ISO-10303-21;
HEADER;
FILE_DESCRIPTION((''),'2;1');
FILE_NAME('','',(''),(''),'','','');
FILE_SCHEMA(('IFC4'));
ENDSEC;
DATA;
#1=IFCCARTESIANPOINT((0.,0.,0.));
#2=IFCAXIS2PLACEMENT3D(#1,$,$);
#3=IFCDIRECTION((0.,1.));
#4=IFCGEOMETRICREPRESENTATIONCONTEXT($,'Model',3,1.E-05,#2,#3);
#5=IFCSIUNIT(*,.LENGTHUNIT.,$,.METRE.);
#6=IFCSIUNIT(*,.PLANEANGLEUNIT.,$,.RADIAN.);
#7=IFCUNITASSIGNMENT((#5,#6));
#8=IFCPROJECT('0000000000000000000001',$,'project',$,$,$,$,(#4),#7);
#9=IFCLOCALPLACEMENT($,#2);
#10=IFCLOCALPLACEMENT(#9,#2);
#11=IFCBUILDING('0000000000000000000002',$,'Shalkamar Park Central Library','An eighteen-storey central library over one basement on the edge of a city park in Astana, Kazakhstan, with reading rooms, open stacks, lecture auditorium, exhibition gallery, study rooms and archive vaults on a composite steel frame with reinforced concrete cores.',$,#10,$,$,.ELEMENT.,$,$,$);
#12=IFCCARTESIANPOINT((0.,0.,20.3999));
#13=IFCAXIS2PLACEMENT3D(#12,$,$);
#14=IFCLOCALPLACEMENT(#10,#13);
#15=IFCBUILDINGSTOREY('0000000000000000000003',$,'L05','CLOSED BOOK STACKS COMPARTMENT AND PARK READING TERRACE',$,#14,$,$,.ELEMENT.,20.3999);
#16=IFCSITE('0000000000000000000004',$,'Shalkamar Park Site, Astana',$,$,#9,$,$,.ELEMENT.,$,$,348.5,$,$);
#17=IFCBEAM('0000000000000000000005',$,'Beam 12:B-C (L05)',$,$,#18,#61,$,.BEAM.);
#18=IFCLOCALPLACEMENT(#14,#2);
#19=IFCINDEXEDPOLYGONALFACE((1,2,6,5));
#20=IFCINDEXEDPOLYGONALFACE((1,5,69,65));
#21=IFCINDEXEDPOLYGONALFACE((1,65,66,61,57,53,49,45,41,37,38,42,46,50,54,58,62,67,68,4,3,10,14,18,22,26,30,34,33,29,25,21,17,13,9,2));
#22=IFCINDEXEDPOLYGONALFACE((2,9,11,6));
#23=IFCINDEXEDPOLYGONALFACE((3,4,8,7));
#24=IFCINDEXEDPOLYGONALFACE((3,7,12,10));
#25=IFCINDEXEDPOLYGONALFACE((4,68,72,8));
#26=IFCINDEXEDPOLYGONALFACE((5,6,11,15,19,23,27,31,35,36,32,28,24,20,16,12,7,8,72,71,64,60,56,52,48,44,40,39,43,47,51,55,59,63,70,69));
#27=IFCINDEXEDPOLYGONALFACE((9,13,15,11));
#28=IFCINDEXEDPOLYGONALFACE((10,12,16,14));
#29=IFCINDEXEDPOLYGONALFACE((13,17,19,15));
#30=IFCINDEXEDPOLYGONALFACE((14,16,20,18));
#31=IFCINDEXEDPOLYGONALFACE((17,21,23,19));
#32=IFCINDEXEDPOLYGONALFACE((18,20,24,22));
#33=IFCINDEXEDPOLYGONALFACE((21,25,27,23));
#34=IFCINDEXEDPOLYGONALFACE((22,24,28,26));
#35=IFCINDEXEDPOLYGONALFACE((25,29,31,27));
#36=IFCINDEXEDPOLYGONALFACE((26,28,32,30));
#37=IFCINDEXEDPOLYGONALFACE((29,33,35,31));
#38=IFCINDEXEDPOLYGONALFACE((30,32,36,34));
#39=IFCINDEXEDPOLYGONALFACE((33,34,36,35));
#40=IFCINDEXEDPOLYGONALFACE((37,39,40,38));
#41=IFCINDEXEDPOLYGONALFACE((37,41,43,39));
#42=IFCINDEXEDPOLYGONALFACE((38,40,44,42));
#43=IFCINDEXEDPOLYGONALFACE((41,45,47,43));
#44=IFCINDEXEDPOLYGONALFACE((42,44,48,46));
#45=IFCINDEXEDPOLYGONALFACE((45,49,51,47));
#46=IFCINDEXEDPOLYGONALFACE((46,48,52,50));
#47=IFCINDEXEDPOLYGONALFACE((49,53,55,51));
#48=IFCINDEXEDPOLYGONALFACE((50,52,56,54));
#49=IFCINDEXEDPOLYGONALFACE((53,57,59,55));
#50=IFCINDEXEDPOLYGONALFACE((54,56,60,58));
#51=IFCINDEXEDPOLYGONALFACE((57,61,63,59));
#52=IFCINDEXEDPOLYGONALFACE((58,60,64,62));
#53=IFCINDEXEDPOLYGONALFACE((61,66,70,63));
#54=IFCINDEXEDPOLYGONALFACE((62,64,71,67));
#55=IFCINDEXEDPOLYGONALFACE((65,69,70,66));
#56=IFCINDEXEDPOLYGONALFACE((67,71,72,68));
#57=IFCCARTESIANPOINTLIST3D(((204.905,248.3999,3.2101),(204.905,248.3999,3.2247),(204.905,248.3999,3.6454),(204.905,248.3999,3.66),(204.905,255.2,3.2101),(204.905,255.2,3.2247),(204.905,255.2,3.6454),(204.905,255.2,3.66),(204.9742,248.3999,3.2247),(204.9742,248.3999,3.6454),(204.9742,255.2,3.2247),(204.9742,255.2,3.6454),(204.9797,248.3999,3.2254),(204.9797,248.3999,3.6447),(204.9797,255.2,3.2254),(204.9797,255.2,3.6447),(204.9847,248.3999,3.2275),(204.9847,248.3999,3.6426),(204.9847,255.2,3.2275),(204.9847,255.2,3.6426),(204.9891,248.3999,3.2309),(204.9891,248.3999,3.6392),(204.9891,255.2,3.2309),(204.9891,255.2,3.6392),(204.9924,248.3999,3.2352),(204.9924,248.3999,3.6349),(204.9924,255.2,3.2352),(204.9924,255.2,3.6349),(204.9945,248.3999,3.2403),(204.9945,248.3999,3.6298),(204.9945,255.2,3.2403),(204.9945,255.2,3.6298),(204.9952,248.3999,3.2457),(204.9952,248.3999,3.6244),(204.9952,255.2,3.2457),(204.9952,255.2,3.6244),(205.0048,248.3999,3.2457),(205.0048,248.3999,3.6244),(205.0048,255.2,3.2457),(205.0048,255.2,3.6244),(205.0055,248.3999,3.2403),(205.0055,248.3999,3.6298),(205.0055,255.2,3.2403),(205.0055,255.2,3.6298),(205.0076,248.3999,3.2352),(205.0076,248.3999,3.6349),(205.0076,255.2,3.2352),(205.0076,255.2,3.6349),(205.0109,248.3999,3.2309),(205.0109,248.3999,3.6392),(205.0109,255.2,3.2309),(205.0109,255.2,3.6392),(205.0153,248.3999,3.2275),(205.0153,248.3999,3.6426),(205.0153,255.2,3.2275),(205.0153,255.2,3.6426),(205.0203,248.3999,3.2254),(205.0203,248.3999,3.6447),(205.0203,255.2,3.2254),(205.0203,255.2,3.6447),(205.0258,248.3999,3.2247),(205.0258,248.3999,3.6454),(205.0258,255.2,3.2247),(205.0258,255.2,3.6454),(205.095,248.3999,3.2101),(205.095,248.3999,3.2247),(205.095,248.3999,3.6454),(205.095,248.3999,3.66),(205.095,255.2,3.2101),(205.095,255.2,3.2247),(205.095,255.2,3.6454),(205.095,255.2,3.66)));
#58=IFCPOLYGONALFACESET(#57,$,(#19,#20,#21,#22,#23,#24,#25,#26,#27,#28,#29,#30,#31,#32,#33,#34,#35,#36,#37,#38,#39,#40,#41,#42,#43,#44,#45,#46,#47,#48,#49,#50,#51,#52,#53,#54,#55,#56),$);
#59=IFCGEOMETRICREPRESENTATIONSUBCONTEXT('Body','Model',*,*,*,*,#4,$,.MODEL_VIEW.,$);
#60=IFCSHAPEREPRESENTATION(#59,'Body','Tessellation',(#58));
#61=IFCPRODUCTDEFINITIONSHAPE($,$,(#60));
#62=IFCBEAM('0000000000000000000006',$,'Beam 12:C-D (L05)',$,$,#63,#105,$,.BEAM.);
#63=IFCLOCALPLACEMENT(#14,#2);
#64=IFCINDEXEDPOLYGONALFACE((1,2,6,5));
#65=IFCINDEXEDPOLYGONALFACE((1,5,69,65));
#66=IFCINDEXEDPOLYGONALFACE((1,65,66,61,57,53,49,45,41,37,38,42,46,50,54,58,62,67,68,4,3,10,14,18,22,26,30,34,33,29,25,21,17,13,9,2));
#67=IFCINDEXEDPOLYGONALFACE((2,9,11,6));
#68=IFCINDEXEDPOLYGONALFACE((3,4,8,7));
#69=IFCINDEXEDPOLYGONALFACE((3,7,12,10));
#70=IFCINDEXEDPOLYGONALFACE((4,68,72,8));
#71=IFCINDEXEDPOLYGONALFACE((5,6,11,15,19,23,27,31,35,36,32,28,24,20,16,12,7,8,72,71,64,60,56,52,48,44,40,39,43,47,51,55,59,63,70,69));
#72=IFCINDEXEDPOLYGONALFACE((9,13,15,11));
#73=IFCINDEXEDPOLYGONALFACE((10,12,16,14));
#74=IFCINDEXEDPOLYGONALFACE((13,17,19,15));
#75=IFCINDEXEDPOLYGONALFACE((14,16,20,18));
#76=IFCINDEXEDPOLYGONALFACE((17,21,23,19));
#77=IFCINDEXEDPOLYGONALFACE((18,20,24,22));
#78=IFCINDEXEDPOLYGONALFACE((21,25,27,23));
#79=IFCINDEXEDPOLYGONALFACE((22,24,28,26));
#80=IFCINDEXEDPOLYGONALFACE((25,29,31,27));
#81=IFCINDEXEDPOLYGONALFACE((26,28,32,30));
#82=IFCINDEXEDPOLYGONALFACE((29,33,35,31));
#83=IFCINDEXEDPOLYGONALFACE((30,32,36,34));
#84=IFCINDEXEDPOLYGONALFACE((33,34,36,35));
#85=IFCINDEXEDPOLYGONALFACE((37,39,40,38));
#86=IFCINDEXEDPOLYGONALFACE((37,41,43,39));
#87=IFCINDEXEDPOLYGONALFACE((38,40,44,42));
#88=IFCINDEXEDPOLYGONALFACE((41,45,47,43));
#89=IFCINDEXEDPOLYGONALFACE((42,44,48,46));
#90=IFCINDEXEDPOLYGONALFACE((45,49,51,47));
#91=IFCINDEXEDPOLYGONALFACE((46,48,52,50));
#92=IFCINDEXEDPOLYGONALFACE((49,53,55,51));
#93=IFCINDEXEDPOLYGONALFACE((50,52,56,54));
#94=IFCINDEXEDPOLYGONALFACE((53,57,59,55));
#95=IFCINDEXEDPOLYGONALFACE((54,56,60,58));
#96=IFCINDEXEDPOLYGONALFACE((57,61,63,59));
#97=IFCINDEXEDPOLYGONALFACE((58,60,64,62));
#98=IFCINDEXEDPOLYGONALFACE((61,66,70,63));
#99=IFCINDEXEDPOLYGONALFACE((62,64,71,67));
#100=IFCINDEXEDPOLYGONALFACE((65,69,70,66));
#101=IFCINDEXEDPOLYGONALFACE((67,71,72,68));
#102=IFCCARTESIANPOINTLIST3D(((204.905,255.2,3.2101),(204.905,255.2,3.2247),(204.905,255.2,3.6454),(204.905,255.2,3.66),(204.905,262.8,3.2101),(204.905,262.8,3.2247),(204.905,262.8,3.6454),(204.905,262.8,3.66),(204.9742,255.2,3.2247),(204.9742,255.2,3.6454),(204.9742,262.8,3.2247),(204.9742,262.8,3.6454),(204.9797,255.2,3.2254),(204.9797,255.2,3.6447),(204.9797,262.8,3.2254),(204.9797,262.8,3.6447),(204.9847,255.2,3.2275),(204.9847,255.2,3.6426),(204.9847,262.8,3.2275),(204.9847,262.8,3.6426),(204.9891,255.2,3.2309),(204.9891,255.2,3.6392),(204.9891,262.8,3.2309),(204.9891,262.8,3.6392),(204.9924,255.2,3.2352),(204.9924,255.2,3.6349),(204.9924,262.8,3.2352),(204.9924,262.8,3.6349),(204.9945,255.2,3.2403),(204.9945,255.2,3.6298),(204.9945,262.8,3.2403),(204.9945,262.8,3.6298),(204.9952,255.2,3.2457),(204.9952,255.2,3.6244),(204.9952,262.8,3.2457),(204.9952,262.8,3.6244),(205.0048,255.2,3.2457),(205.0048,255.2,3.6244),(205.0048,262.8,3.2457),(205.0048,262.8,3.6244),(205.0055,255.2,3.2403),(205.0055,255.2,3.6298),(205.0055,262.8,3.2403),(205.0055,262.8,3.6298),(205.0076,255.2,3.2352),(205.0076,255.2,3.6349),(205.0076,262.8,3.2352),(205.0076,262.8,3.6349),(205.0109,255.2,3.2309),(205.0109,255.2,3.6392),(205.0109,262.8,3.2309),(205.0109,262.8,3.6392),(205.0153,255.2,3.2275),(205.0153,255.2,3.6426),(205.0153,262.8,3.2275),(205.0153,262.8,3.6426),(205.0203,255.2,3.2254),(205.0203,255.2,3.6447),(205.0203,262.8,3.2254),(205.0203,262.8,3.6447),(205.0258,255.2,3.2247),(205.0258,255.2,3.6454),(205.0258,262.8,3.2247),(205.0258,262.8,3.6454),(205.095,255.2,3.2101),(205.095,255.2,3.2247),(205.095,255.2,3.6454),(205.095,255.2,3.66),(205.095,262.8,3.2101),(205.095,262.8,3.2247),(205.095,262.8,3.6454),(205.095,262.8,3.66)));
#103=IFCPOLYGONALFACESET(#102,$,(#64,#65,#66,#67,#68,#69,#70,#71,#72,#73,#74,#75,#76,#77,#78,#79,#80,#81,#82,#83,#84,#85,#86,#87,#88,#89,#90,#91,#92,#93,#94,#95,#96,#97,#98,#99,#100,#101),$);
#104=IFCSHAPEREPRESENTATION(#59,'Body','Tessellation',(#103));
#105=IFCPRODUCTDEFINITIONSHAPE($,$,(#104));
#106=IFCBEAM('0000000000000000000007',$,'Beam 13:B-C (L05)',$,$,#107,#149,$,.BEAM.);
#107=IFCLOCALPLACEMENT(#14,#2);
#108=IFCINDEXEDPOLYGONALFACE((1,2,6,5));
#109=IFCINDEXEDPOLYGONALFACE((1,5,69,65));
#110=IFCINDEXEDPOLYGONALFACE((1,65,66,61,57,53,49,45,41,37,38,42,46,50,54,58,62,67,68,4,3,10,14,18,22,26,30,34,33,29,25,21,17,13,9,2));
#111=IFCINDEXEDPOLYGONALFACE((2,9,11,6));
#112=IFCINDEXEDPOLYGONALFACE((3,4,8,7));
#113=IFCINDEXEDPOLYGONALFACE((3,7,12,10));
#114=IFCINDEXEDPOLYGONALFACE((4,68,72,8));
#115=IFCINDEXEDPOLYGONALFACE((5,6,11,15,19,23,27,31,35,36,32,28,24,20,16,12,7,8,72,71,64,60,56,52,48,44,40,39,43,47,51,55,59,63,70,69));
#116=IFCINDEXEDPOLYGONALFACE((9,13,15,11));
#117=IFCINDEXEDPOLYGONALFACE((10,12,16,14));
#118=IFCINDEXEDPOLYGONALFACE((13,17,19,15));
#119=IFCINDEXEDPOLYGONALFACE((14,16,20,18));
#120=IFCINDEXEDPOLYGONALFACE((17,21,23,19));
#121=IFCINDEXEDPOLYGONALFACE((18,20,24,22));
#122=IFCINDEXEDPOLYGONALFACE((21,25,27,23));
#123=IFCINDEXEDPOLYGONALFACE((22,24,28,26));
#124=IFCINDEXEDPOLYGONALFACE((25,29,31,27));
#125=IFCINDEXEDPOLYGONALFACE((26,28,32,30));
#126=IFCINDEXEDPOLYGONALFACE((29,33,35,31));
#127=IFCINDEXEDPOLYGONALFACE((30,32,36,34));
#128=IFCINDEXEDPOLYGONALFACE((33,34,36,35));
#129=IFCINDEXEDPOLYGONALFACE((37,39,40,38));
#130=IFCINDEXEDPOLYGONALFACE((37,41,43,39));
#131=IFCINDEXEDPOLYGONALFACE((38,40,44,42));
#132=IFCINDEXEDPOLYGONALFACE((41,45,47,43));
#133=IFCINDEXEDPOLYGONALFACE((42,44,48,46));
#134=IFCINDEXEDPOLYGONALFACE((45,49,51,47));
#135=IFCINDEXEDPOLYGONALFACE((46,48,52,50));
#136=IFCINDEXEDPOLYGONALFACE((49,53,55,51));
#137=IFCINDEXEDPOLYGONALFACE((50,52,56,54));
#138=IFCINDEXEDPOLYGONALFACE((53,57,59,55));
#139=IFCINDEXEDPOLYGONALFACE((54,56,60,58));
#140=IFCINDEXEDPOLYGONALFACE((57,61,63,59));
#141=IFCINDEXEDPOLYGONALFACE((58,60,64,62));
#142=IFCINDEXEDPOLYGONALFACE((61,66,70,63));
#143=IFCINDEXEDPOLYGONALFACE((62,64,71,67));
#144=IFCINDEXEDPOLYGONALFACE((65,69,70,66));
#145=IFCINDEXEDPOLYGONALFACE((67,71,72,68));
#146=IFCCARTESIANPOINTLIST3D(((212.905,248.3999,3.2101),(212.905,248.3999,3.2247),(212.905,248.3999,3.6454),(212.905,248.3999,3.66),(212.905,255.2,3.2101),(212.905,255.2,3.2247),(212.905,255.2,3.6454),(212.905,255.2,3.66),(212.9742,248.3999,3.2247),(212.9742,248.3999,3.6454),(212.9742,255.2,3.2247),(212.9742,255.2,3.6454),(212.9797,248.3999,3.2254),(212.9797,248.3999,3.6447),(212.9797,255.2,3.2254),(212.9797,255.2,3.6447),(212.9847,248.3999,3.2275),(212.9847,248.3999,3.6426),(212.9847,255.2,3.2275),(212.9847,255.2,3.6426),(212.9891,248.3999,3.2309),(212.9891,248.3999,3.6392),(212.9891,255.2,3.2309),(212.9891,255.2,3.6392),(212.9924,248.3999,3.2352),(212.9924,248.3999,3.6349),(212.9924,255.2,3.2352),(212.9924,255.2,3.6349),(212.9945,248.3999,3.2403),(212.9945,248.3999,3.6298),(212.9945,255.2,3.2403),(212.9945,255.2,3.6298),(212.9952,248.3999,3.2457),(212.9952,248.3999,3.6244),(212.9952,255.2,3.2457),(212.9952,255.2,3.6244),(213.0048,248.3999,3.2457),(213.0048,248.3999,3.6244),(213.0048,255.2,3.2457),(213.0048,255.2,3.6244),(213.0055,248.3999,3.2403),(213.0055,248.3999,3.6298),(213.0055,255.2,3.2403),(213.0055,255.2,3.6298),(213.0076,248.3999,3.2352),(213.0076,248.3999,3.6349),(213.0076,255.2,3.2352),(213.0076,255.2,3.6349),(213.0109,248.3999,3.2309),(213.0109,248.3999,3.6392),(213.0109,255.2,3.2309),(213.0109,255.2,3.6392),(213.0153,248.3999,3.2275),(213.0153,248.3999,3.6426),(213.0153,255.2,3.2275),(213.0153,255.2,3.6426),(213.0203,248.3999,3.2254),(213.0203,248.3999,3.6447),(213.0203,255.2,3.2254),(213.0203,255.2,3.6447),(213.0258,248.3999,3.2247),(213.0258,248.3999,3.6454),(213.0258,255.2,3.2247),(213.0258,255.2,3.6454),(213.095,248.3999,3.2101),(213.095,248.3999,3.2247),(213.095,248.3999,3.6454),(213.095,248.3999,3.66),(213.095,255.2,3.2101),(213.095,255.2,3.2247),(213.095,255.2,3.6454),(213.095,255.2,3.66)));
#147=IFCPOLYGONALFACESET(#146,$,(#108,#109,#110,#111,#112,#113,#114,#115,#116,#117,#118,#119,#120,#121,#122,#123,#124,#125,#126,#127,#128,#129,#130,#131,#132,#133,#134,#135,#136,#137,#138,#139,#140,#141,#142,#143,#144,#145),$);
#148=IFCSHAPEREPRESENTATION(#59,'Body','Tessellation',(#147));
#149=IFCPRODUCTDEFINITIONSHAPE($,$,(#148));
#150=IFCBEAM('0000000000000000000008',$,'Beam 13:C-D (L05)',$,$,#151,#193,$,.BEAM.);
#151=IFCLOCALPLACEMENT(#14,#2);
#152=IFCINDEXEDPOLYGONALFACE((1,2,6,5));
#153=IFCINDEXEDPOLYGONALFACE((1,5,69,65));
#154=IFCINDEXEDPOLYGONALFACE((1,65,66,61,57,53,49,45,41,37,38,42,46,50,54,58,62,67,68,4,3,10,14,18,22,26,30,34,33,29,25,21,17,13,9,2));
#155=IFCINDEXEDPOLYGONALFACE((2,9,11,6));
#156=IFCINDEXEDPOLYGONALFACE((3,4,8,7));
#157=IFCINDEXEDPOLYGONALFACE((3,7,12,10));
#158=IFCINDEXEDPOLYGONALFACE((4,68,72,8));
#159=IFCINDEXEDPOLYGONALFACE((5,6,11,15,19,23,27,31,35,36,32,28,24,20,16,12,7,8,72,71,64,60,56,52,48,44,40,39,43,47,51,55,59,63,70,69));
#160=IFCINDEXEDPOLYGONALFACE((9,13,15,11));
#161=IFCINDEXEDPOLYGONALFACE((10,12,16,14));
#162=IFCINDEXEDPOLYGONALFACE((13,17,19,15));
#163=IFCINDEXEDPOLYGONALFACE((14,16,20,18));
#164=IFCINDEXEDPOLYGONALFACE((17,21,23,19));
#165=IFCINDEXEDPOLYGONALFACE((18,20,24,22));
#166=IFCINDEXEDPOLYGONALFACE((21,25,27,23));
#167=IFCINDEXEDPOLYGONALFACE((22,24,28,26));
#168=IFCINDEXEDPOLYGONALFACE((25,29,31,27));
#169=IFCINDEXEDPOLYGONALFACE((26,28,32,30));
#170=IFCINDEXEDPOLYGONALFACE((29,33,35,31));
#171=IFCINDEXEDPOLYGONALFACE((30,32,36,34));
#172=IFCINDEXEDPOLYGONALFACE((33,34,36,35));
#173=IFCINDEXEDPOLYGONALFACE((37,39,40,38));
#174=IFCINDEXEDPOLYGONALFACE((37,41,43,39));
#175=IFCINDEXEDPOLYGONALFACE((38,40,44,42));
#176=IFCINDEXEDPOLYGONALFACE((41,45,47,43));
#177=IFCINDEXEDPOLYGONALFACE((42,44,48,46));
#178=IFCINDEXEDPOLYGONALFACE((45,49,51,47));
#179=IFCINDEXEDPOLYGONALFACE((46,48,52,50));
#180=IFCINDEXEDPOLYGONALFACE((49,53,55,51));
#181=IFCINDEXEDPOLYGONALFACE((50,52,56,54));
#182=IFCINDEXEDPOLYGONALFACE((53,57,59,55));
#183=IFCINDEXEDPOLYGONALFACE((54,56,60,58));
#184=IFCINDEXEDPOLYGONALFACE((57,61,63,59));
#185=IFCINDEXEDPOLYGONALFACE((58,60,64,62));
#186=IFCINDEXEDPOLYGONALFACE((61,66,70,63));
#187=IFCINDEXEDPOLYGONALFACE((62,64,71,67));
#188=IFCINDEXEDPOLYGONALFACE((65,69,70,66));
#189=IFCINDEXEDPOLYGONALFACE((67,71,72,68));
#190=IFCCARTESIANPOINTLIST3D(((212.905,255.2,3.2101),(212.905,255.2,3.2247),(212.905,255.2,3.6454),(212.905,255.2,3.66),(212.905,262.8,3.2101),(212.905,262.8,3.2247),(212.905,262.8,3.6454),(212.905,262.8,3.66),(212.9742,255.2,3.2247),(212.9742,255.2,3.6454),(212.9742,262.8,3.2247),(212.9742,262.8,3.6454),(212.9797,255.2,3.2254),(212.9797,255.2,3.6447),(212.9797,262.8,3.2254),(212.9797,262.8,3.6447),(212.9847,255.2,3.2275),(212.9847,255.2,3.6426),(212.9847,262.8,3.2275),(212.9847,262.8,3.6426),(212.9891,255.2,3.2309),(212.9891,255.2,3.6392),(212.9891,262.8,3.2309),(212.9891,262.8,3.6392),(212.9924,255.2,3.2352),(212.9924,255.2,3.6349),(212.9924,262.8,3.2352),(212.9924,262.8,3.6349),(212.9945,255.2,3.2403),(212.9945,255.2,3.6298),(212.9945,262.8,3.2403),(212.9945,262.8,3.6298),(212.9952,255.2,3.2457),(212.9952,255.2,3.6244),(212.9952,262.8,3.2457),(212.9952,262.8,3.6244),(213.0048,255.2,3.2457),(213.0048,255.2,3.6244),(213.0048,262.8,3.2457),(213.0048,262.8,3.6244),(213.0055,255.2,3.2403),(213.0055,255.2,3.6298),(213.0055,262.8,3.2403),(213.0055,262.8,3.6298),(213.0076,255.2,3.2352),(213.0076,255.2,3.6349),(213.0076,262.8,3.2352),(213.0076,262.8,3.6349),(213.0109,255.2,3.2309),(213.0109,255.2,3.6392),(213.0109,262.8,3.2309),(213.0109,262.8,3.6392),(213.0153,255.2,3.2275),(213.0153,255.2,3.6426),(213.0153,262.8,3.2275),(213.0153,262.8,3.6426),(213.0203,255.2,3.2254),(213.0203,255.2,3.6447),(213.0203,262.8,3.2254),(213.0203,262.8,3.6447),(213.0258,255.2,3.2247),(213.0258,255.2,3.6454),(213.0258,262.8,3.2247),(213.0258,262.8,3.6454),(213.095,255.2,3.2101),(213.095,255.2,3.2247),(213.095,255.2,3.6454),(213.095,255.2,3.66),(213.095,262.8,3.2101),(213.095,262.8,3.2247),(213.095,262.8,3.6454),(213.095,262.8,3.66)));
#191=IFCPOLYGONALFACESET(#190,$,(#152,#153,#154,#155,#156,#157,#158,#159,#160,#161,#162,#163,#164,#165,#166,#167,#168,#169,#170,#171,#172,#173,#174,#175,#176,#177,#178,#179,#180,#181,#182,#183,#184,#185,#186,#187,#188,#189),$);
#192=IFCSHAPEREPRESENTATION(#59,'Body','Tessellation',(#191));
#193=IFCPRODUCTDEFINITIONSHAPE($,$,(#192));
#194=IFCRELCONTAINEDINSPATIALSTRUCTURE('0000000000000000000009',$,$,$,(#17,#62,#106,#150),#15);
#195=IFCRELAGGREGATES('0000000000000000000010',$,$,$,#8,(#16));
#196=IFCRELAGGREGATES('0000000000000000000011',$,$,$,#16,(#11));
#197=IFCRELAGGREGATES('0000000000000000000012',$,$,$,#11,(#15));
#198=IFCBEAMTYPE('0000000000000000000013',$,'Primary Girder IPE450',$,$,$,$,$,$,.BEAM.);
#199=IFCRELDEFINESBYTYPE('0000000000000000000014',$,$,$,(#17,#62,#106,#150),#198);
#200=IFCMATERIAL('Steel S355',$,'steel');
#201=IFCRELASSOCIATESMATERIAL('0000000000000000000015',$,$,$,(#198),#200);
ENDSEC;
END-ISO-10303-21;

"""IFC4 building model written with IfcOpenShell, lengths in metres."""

from ifc_helpers import new_model, si_unit, direction, frame, origin, origin_2d, place, context, subcontext, project, spatial, i_section, extrude, material, material_profile, profile_set, type_object, element, save


model = new_model("IFC4")

# Units and contexts
model_context = context("Model", 3, precision=1e-05, world=origin(), true_north=direction((0.0, 1.0)))
body_context = subcontext(model_context, "Body", "Model", "MODEL_VIEW")
ifc_project = project(units=[si_unit("LENGTHUNIT", "METRE"), si_unit("PLANEANGLEUNIT", "RADIAN")], contexts=[model_context])

# Site, building, storey
site_placement = place(None, origin())
site = spatial("IfcSite", under=ifc_project, at=site_placement, Name="Shalkamar Park Site, Astana", CompositionType="ELEMENT", RefElevation=348.5)
building_placement = place(site_placement, origin())
building = spatial("IfcBuilding", under=site, at=building_placement, Name="Shalkamar Park Central Library", Description="An eighteen-storey central library over one basement on the edge of a city park in Astana, Kazakhstan, with reading rooms, open stacks, lecture auditorium, exhibition gallery, study rooms and archive vaults on a composite steel frame with reinforced concrete cores.", CompositionType="ELEMENT")
storey_placement = place(building_placement, frame((0.0, 0.0, 20.3999)))
storey = spatial("IfcBuildingStorey", under=building, at=storey_placement, Name="L05", Description="CLOSED BOOK STACKS COMPARTMENT AND PARK READING TERRACE", CompositionType="ELEMENT", Elevation=20.3999)

# Shared definitions
ifc_material_1 = material(Name="Steel S355", Category="steel")

# Beams
ifc_material_profile_1 = material_profile(ifc_material_1, i_section(OverallWidth=0.1899, OverallDepth=0.45, WebThickness=0.0095, FlangeThickness=0.0146, FilletRadius=0.021, at=origin_2d()), Name="IPE 450")
ifc_profile_set_1 = profile_set([ifc_material_profile_1], Name="Steel S355")
beam_type_1 = type_object("IfcBeamType", Name="Primary Girder IPE450", PredefinedType="BEAM", material=ifc_profile_set_1)
beam_1_placement = place(storey_placement, frame((205.0, 248.3999, 3.4351), z_axis=(0.0, 1.0, 0.0), x_axis=(-1.0, 0.0, 0.0)))
element("IfcBeam", 1, at=beam_1_placement, inside=storey, type_object=beam_type_1, Name="Beam 12:B-C (L05)", PredefinedType="BEAM", context=body_context, shape_type="SweptSolid", body=[
    extrude(i_section(OverallWidth=0.1899, OverallDepth=0.45, WebThickness=0.0095, FlangeThickness=0.0146, FilletRadius=0.021, at=origin_2d()), origin(), (0.0, 0.0, 1.0), 6.8),
])
beam_2_placement = place(storey_placement, frame((205.0, 255.2, 3.4351), z_axis=(0.0, 1.0, 0.0), x_axis=(-1.0, 0.0, 0.0)))
element("IfcBeam", 2, at=beam_2_placement, inside=storey, type_object=beam_type_1, Name="Beam 12:C-D (L05)", PredefinedType="BEAM", context=body_context, shape_type="SweptSolid", body=[
    extrude(i_section(OverallWidth=0.1899, OverallDepth=0.45, WebThickness=0.0095, FlangeThickness=0.0146, FilletRadius=0.021, at=origin_2d()), origin(), (0.0, 0.0, 1.0), 7.6001),
])
beam_3_placement = place(storey_placement, frame((213.0, 248.3999, 3.4351), z_axis=(0.0, 1.0, 0.0), x_axis=(-1.0, 0.0, 0.0)))
element("IfcBeam", 3, at=beam_3_placement, inside=storey, type_object=beam_type_1, Name="Beam 13:B-C (L05)", PredefinedType="BEAM", context=body_context, shape_type="SweptSolid", body=[
    extrude(i_section(OverallWidth=0.1899, OverallDepth=0.45, WebThickness=0.0095, FlangeThickness=0.0146, FilletRadius=0.021, at=origin_2d()), origin(), (0.0, 0.0, 1.0), 6.8),
])
beam_4_placement = place(storey_placement, frame((213.0, 255.2, 3.4351), z_axis=(0.0, 1.0, 0.0), x_axis=(-1.0, 0.0, 0.0)))
element("IfcBeam", 4, at=beam_4_placement, inside=storey, type_object=beam_type_1, Name="Beam 13:C-D (L05)", PredefinedType="BEAM", context=body_context, shape_type="SweptSolid", body=[
    extrude(i_section(OverallWidth=0.1899, OverallDepth=0.45, WebThickness=0.0095, FlangeThickness=0.0146, FilletRadius=0.021, at=origin_2d()), origin(), (0.0, 0.0, 1.0), 7.6001),
])

save(model, "model.ifc")
